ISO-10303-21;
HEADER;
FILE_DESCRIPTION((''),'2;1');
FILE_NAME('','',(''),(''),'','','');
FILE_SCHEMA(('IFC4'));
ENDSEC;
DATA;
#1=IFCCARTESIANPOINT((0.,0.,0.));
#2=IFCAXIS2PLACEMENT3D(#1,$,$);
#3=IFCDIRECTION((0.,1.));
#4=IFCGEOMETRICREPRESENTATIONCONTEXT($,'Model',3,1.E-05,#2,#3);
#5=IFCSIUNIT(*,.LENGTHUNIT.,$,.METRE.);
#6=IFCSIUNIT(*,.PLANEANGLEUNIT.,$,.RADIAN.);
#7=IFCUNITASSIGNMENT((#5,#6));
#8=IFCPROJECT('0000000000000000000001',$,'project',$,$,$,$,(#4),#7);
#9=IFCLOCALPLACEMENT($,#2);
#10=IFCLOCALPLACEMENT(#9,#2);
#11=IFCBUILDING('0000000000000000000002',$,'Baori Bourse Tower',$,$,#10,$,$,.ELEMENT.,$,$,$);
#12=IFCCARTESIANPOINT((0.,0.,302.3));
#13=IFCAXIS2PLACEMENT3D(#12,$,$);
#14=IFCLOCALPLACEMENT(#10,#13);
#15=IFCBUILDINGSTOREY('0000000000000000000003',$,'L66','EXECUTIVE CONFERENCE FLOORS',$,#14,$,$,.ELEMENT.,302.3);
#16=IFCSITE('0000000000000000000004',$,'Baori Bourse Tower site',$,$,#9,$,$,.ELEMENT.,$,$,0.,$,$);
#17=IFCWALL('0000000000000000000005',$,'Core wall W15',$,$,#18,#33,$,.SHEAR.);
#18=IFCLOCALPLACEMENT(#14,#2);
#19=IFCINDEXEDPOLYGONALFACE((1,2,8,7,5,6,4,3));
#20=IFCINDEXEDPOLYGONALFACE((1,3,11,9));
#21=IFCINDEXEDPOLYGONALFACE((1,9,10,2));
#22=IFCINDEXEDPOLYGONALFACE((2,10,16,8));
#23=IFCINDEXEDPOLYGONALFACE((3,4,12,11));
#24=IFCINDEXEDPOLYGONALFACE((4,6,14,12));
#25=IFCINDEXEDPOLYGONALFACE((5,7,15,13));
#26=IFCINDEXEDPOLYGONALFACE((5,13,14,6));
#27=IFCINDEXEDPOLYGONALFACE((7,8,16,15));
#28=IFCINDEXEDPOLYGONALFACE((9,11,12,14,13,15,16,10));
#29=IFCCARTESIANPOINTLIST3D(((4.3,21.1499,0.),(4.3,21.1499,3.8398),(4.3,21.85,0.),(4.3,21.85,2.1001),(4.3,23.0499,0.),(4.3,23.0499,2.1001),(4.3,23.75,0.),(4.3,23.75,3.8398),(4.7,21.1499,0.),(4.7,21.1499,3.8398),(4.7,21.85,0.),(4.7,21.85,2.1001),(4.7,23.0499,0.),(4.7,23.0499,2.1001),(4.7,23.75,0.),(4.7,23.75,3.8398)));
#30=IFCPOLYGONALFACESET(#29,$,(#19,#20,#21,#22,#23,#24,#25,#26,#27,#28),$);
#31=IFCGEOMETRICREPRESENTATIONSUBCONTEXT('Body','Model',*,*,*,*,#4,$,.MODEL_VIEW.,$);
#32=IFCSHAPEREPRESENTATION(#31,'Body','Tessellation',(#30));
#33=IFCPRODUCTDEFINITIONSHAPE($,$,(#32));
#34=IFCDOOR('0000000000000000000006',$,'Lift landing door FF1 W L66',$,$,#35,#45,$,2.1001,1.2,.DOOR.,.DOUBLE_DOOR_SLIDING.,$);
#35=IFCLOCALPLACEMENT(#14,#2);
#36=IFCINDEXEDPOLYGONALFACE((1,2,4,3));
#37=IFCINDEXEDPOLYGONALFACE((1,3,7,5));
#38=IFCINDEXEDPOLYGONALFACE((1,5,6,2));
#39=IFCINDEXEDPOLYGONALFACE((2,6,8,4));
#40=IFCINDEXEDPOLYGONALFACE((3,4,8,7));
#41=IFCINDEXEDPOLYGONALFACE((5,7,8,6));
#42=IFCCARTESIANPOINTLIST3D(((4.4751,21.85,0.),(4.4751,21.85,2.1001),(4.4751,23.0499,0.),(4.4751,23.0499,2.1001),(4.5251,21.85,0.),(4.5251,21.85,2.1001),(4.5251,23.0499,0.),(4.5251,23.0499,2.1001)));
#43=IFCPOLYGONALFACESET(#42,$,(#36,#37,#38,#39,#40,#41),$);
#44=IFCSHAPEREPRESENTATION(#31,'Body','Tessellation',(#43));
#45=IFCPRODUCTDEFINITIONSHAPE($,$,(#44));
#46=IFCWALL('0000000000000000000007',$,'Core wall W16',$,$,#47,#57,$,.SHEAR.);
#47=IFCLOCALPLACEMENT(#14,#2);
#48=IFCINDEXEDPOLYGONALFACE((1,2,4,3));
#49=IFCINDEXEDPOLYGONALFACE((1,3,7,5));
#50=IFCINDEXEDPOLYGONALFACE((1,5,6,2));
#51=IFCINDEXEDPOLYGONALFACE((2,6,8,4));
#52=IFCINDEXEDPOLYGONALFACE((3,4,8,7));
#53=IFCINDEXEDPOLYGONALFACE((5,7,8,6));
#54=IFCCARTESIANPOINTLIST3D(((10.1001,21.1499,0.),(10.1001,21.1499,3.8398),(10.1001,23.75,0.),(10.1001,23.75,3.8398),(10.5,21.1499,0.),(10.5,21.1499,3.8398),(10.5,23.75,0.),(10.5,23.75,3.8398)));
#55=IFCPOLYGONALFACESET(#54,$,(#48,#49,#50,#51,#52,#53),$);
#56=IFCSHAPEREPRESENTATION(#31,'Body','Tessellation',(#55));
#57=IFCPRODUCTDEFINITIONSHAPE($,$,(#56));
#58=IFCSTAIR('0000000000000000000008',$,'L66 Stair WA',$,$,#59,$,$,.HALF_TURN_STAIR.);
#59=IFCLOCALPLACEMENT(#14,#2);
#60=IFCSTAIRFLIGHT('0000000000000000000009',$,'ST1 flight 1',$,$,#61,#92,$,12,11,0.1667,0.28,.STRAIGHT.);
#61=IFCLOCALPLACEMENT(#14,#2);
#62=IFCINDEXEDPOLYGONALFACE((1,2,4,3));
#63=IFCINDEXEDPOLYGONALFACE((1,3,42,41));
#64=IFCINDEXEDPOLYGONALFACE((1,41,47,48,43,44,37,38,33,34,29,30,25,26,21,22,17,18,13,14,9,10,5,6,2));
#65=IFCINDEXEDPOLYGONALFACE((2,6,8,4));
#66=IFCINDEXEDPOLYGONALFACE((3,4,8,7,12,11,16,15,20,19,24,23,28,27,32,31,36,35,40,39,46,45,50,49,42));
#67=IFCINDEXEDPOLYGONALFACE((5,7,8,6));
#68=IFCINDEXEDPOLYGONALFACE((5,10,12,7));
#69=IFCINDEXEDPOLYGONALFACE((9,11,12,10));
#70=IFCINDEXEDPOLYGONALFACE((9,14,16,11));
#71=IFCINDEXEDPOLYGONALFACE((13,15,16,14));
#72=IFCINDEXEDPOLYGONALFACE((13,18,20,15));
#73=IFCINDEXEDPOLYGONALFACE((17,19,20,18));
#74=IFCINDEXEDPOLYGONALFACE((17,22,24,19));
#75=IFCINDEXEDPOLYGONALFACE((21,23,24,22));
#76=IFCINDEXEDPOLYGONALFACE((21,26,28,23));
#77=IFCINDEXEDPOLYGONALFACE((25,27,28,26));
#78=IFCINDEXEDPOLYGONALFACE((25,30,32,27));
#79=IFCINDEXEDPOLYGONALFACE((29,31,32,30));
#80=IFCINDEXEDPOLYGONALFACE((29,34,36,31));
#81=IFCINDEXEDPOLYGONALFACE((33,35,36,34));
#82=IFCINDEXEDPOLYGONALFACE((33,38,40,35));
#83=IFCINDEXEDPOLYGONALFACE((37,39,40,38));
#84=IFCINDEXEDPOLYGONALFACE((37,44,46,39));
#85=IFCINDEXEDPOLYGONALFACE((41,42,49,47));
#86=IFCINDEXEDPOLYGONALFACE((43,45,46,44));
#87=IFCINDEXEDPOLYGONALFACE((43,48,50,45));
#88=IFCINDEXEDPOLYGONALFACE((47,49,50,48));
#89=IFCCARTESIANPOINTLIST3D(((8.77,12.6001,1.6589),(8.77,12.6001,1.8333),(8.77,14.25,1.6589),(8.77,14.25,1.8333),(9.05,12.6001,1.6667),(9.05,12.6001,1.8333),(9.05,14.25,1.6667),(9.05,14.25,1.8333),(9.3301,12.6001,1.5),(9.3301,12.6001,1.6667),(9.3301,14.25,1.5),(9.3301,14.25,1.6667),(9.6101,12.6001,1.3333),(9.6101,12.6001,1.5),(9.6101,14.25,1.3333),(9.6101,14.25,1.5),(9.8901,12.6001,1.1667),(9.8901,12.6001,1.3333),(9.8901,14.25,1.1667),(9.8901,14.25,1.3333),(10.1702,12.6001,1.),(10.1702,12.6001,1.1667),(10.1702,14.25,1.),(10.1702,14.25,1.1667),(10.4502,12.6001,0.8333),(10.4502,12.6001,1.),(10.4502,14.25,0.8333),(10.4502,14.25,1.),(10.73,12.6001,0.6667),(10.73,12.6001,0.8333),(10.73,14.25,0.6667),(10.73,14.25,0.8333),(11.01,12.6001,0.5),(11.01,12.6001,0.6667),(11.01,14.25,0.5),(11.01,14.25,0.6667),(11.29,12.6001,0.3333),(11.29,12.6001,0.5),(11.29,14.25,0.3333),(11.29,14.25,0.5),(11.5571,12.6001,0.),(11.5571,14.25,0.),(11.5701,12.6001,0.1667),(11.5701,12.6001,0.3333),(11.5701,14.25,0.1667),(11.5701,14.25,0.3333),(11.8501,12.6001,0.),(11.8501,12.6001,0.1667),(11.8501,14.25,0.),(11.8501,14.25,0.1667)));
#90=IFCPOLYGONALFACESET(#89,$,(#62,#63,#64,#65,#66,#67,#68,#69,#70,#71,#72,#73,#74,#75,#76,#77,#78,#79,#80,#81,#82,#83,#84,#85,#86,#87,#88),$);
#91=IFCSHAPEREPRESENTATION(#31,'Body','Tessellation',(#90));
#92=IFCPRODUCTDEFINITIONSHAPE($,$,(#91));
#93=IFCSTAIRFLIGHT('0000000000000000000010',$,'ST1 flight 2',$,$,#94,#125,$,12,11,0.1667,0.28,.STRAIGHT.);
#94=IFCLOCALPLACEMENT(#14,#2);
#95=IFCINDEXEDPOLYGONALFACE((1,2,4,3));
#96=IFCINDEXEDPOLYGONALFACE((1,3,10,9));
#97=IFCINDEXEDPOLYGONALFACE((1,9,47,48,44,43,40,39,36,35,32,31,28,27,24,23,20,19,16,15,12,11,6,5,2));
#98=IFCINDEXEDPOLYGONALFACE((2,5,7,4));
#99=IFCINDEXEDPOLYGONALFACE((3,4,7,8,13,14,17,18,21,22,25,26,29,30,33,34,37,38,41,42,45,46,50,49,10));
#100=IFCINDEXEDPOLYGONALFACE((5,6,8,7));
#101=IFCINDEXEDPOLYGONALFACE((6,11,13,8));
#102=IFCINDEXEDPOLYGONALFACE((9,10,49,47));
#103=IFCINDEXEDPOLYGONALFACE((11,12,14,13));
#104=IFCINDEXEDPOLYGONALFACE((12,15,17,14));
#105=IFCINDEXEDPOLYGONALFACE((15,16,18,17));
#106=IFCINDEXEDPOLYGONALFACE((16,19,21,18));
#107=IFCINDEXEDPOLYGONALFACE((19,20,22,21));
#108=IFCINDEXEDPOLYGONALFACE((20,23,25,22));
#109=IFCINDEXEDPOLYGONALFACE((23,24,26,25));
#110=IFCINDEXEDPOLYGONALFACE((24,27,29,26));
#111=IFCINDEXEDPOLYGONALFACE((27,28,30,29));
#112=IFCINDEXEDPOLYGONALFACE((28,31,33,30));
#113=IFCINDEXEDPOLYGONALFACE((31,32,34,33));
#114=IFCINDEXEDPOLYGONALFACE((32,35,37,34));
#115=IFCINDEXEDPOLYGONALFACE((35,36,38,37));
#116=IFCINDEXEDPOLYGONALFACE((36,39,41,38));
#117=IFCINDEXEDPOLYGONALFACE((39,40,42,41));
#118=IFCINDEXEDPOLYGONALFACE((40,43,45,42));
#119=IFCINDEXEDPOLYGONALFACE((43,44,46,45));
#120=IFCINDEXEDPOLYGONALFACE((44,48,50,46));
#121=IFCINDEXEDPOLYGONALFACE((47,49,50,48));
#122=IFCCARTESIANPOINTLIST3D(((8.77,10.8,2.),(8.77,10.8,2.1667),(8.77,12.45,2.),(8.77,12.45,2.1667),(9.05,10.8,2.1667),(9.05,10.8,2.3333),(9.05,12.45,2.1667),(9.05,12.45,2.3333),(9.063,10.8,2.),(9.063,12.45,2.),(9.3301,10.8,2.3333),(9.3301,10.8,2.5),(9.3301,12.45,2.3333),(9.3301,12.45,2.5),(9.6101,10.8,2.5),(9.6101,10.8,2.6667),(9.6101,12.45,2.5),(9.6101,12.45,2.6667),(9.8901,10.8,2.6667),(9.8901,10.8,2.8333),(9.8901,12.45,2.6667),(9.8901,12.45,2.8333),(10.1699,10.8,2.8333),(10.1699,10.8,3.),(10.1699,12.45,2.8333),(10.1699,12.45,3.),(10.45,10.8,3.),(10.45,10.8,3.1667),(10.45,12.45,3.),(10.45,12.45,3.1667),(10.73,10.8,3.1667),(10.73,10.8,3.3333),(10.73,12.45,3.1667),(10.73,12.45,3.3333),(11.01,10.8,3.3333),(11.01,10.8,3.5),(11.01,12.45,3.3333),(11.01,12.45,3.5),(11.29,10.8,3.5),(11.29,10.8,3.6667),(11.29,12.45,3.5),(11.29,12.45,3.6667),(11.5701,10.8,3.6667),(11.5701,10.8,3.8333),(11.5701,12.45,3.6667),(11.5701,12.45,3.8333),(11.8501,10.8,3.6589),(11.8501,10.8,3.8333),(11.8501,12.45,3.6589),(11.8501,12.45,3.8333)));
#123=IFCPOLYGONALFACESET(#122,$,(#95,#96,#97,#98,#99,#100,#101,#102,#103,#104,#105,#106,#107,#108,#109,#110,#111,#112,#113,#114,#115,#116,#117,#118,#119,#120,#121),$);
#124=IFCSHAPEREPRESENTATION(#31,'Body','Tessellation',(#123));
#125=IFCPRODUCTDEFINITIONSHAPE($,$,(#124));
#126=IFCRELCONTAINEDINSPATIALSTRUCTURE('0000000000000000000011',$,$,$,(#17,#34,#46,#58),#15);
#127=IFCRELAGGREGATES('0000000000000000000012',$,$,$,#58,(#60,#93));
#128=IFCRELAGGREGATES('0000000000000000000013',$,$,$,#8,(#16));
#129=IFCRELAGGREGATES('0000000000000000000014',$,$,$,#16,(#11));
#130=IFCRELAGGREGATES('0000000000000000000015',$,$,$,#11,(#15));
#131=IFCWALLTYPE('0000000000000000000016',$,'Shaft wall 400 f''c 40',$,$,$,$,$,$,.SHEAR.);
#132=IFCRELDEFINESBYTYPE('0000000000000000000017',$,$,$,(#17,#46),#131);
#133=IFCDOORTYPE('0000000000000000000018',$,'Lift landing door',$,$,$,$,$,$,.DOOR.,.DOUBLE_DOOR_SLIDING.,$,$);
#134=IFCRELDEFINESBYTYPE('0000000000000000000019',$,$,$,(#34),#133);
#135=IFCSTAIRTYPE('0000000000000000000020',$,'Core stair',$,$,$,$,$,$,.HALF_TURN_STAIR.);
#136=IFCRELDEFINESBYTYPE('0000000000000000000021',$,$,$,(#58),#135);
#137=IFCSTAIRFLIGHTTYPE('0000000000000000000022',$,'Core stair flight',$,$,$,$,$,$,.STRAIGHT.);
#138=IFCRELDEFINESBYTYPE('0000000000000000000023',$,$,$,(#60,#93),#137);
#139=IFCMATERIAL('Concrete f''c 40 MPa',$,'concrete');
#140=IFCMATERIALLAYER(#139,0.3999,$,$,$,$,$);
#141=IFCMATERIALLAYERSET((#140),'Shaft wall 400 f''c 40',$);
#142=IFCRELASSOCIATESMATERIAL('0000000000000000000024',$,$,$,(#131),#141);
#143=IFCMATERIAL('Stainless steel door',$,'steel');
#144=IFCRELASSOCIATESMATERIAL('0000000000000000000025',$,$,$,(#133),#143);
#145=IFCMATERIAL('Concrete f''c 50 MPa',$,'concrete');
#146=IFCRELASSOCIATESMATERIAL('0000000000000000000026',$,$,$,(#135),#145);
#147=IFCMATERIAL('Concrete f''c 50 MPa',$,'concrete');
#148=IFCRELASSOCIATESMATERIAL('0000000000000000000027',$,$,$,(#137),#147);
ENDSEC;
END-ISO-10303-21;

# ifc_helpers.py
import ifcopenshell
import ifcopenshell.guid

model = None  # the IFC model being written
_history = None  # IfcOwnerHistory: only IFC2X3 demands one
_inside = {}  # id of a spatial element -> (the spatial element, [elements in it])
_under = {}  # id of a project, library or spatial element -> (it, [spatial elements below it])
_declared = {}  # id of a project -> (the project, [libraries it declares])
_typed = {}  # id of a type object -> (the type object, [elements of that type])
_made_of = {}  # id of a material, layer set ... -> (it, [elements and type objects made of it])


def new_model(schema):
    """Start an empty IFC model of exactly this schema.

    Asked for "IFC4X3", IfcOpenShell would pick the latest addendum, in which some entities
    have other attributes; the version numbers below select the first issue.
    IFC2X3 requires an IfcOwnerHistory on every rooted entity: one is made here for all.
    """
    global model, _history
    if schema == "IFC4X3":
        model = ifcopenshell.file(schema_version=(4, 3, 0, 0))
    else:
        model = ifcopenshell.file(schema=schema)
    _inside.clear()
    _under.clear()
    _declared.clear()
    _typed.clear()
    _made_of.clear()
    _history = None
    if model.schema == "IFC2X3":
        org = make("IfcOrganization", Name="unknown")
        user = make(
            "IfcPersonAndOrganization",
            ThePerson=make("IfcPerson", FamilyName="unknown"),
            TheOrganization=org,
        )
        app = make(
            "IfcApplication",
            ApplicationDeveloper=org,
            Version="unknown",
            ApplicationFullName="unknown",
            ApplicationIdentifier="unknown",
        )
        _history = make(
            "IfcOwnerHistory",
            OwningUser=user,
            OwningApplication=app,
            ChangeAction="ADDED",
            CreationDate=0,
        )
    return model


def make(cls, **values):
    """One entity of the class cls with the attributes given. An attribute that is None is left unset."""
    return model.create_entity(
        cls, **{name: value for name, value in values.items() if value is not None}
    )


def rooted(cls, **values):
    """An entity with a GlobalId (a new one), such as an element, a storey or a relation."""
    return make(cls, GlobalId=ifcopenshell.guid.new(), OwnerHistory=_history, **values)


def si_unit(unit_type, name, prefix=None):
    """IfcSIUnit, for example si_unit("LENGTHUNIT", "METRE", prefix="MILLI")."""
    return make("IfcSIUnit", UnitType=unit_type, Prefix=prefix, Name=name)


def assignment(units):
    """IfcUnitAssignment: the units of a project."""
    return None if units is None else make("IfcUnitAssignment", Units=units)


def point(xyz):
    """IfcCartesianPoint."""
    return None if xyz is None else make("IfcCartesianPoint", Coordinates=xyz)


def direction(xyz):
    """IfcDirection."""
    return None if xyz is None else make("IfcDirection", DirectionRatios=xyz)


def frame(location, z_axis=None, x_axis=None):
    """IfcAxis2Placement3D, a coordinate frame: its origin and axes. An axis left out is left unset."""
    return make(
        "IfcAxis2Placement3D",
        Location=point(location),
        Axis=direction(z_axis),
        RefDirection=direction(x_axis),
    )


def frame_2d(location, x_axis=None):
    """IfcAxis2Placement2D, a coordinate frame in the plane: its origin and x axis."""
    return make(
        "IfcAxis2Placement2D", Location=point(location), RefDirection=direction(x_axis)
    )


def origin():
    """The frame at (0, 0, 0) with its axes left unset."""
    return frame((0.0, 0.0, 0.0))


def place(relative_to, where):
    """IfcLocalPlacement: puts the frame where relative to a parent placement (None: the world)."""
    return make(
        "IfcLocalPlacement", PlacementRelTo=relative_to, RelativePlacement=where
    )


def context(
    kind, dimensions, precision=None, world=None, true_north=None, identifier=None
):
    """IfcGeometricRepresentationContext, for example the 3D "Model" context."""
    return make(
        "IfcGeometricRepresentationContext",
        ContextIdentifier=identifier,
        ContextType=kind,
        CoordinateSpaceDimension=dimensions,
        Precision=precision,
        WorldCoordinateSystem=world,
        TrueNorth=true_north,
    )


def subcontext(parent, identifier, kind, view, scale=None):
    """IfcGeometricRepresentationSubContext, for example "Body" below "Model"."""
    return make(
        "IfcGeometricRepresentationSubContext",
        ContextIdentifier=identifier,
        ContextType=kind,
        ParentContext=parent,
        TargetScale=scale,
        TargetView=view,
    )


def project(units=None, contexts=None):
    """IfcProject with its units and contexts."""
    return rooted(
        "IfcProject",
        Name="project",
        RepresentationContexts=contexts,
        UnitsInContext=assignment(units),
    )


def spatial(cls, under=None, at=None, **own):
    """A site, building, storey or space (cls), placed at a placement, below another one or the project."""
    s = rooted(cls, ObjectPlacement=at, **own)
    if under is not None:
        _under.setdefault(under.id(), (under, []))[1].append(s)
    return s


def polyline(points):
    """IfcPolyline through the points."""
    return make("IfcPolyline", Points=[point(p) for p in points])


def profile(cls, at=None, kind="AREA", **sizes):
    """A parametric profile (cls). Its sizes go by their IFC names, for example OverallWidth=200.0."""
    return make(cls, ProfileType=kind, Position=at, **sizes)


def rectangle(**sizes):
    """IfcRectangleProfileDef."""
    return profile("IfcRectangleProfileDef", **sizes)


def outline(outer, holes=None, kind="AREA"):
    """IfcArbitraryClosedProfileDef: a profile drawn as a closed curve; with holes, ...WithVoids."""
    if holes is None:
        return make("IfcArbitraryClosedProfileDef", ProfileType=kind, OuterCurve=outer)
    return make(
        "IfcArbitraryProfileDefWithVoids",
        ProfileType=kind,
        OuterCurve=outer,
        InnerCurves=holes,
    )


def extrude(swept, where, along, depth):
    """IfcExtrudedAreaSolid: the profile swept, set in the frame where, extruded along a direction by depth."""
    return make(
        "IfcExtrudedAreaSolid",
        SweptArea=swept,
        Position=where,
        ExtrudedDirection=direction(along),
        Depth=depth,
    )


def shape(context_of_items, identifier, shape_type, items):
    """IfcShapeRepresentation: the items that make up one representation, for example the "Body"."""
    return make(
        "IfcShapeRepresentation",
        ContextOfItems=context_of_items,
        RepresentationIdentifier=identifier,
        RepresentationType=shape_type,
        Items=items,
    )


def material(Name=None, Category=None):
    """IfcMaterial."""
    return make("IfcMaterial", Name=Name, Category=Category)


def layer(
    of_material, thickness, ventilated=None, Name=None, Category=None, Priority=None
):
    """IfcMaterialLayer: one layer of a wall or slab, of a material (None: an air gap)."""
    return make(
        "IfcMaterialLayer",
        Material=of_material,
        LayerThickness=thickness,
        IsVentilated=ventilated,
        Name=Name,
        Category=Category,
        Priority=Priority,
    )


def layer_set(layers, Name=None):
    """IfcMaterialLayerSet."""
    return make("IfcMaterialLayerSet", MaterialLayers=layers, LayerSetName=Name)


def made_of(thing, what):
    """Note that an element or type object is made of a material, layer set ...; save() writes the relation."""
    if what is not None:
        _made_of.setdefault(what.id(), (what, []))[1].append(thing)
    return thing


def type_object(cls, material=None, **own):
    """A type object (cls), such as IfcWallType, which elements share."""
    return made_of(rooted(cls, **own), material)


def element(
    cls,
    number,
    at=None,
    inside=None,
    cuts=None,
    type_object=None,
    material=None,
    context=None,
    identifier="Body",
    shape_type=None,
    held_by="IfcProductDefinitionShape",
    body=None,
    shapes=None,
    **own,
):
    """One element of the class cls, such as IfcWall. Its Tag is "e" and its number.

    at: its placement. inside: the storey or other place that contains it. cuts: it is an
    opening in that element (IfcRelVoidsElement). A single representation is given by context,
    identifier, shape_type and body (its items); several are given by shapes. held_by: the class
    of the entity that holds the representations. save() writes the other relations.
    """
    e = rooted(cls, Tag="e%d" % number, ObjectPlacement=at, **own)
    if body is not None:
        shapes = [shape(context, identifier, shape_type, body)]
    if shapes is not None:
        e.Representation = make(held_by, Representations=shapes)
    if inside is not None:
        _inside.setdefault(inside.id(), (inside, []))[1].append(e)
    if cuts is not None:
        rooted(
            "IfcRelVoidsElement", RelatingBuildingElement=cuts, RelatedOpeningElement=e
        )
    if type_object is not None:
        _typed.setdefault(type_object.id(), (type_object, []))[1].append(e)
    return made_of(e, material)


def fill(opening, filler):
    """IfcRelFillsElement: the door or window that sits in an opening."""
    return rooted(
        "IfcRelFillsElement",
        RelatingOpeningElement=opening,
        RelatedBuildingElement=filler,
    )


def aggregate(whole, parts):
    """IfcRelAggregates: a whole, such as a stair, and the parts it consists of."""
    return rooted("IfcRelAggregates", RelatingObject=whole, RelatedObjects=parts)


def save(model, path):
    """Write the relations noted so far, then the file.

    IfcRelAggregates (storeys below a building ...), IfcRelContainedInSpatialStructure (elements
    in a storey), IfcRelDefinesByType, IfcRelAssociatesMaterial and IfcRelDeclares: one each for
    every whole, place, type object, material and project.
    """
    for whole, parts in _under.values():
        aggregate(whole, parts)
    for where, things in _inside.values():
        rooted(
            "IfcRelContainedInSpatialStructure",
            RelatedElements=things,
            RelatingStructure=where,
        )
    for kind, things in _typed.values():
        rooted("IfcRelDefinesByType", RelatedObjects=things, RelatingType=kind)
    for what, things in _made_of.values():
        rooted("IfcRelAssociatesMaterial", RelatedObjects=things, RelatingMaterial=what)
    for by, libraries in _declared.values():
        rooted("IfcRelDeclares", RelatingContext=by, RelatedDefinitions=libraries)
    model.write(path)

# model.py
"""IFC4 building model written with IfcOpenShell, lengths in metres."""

from ifc_helpers import new_model, si_unit, direction, frame, frame_2d, origin, place, context, subcontext, project, spatial, polyline, rectangle, outline, extrude, material, layer, layer_set, type_object, element, fill, aggregate, save


model = new_model("IFC4")

# Units and contexts
model_context = context("Model", 3, precision=1e-05, world=origin(), true_north=direction((0.0, 1.0)))
body_context = subcontext(model_context, "Body", "Model", "MODEL_VIEW")
ifc_project = project(units=[si_unit("LENGTHUNIT", "METRE"), si_unit("PLANEANGLEUNIT", "RADIAN")], contexts=[model_context])

# Site, building, storey
site_placement = place(None, origin())
site = spatial("IfcSite", under=ifc_project, at=site_placement, Name="Baori Bourse Tower site", CompositionType="ELEMENT", RefElevation=0.0)
building_placement = place(site_placement, origin())
building = spatial("IfcBuilding", under=site, at=building_placement, Name="Baori Bourse Tower", CompositionType="ELEMENT")
storey_placement = place(building_placement, frame((0.0, 0.0, 302.3)))
storey = spatial("IfcBuildingStorey", under=building, at=storey_placement, Name="L66", Description="EXECUTIVE CONFERENCE FLOORS", CompositionType="ELEMENT", Elevation=302.3)

# Shared definitions
ifc_material_1 = material(Name="Concrete f'c 40 MPa", Category="concrete")
ifc_layer_1 = layer(ifc_material_1, 0.3999)
ifc_layer_set_1 = layer_set([ifc_layer_1], Name="Shaft wall 400 f'c 40")
wall_type_1 = type_object("IfcWallType", Name="Shaft wall 400 f'c 40", PredefinedType="SHEAR", material=ifc_layer_set_1)

# Wall, opening, door
wall_1_placement = place(storey_placement, frame((4.5, 21.1499, 0.0), z_axis=(0.0, 0.0, 1.0), x_axis=(0.0, 1.0, 0.0)))
wall_1 = element("IfcWall", 1, at=wall_1_placement, inside=storey, type_object=wall_type_1, Name="Core wall W15", PredefinedType="SHEAR", context=body_context, shape_type="SweptSolid", body=[
    extrude(rectangle(XDim=2.6001, YDim=0.3999, at=frame_2d((1.3, 0.0))), origin(), (0.0, 0.0, 1.0), 3.8398),
])
opening_1_placement = place(wall_1_placement, frame((0.7, 0.0, 0.0)))
opening_1 = element("IfcOpeningElement", 2, at=opening_1_placement, cuts=wall_1, PredefinedType="OPENING", context=body_context, shape_type="SweptSolid", body=[
    extrude(rectangle(XDim=1.2, YDim=2.1001, at=frame_2d((0.6001, 1.05))), frame((0.0, 0.21, 0.0), z_axis=(0.0, -1.0, 0.0), x_axis=(1.0, 0.0, 0.0)), (0.0, 0.0, 1.0), 0.4199),
])
ifc_material_2 = material(Name="Stainless steel door", Category="steel")
door_type_1 = type_object("IfcDoorType", Name="Lift landing door", OperationType="DOUBLE_DOOR_SLIDING", PredefinedType="DOOR", material=ifc_material_2)
door_1_placement = place(opening_1_placement, origin())
door_1 = element("IfcDoor", 3, at=door_1_placement, inside=storey, type_object=door_type_1, Name="Lift landing door FF1 W L66", OperationType="DOUBLE_DOOR_SLIDING", OverallHeight=2.1001, OverallWidth=1.2, PredefinedType="DOOR", context=body_context, shape_type="SweptSolid", body=[
    extrude(rectangle(XDim=1.2, YDim=2.1001, at=frame_2d((0.6001, 1.05))), frame((0.0, 0.0249, 0.0), z_axis=(0.0, -1.0, 0.0), x_axis=(1.0, 0.0, 0.0)), (0.0, 0.0, 1.0), 0.05),
])
fill(opening_1, door_1)

# Wall
wall_2_placement = place(storey_placement, frame((10.3, 21.1499, 0.0), z_axis=(0.0, 0.0, 1.0), x_axis=(0.0, 1.0, 0.0)))
element("IfcWall", 4, at=wall_2_placement, inside=storey, type_object=wall_type_1, Name="Core wall W16", PredefinedType="SHEAR", context=body_context, shape_type="SweptSolid", body=[
    extrude(rectangle(XDim=2.6001, YDim=0.3999, at=frame_2d((1.3, 0.0))), origin(), (0.0, 0.0, 1.0), 3.8398),
])

# Stair, stair flights
ifc_material_3 = material(Name="Concrete f'c 50 MPa", Category="concrete")
stair_type = type_object("IfcStairType", Name="Core stair", PredefinedType="HALF_TURN_STAIR", material=ifc_material_3)
stair_placement = place(storey_placement, origin())
stair = element("IfcStair", 5, at=stair_placement, inside=storey, type_object=stair_type, Name="L66 Stair WA", PredefinedType="HALF_TURN_STAIR")
ifc_material_4 = material(Name="Concrete f'c 50 MPa", Category="concrete")
stair_flight_type = type_object("IfcStairFlightType", Name="Core stair flight", PredefinedType="STRAIGHT", material=ifc_material_4)
stair_flight_1_placement = place(storey_placement, frame((11.8501, 13.425, 0.0), z_axis=(0.0, 0.0, 1.0), x_axis=(-1.0, 0.0, 0.0)))
stair_flight_1 = element("IfcStairFlight", 6, at=stair_flight_1_placement, type_object=stair_flight_type, Name="ST1 flight 1", NumberOfRisers=12, NumberOfTreads=11, PredefinedType="STRAIGHT", RiserHeight=0.1667, TreadLength=0.28, context=body_context, shape_type="SweptSolid", body=[
    extrude(outline(polyline([(0.0, 0.0), (0.0, 0.1667), (0.28, 0.1667), (0.28, 0.3333), (0.5601, 0.3333), (0.5601, 0.5), (0.8401, 0.5), (0.8401, 0.6667), (1.1201, 0.6667), (1.1201, 0.8333), (1.3999, 0.8333), (1.3999, 1.0), (1.6799, 1.0), (1.6799, 1.1667), (1.96, 1.1667), (1.96, 1.3333), (2.24, 1.3333), (2.24, 1.5), (2.52, 1.5), (2.52, 1.6667), (2.8, 1.6667), (2.8, 1.8333), (3.0801, 1.8333), (3.0801, 2.0), (3.0801, 1.6589), (0.293, 0.0), (0.0, 0.0)])), frame((0.0, 0.825, 0.0), z_axis=(0.0, -1.0, 0.0), x_axis=(1.0, 0.0, 0.0)), (0.0, 0.0, 1.0), 1.6499),
])
stair_flight_2_placement = place(storey_placement, frame((8.77, 11.625, 2.0), z_axis=(0.0, 0.0, 1.0), x_axis=(1.0, 0.0, 0.0)))
stair_flight_2 = element("IfcStairFlight", 7, at=stair_flight_2_placement, type_object=stair_flight_type, Name="ST1 flight 2", NumberOfRisers=12, NumberOfTreads=11, PredefinedType="STRAIGHT", RiserHeight=0.1667, TreadLength=0.28, context=body_context, shape_type="SweptSolid", body=[
    extrude(outline(polyline([(0.0, 0.0), (0.0, 0.1667), (0.28, 0.1667), (0.28, 0.3333), (0.5601, 0.3333), (0.5601, 0.5), (0.8401, 0.5), (0.8401, 0.6667), (1.1201, 0.6667), (1.1201, 0.8333), (1.3999, 0.8333), (1.3999, 1.0), (1.6799, 1.0), (1.6799, 1.1667), (1.96, 1.1667), (1.96, 1.3333), (2.24, 1.3333), (2.24, 1.5), (2.52, 1.5), (2.52, 1.6667), (2.8, 1.6667), (2.8, 1.8333), (3.0801, 1.8333), (3.0801, 2.0), (3.0801, 1.6589), (0.293, 0.0), (0.0, 0.0)])), frame((0.0, 0.825, 0.0), z_axis=(0.0, -1.0, 0.0), x_axis=(1.0, 0.0, 0.0)), (0.0, 0.0, 1.0), 1.6499),
])
aggregate(stair, [stair_flight_1, stair_flight_2])

save(model, "model.ifc")
